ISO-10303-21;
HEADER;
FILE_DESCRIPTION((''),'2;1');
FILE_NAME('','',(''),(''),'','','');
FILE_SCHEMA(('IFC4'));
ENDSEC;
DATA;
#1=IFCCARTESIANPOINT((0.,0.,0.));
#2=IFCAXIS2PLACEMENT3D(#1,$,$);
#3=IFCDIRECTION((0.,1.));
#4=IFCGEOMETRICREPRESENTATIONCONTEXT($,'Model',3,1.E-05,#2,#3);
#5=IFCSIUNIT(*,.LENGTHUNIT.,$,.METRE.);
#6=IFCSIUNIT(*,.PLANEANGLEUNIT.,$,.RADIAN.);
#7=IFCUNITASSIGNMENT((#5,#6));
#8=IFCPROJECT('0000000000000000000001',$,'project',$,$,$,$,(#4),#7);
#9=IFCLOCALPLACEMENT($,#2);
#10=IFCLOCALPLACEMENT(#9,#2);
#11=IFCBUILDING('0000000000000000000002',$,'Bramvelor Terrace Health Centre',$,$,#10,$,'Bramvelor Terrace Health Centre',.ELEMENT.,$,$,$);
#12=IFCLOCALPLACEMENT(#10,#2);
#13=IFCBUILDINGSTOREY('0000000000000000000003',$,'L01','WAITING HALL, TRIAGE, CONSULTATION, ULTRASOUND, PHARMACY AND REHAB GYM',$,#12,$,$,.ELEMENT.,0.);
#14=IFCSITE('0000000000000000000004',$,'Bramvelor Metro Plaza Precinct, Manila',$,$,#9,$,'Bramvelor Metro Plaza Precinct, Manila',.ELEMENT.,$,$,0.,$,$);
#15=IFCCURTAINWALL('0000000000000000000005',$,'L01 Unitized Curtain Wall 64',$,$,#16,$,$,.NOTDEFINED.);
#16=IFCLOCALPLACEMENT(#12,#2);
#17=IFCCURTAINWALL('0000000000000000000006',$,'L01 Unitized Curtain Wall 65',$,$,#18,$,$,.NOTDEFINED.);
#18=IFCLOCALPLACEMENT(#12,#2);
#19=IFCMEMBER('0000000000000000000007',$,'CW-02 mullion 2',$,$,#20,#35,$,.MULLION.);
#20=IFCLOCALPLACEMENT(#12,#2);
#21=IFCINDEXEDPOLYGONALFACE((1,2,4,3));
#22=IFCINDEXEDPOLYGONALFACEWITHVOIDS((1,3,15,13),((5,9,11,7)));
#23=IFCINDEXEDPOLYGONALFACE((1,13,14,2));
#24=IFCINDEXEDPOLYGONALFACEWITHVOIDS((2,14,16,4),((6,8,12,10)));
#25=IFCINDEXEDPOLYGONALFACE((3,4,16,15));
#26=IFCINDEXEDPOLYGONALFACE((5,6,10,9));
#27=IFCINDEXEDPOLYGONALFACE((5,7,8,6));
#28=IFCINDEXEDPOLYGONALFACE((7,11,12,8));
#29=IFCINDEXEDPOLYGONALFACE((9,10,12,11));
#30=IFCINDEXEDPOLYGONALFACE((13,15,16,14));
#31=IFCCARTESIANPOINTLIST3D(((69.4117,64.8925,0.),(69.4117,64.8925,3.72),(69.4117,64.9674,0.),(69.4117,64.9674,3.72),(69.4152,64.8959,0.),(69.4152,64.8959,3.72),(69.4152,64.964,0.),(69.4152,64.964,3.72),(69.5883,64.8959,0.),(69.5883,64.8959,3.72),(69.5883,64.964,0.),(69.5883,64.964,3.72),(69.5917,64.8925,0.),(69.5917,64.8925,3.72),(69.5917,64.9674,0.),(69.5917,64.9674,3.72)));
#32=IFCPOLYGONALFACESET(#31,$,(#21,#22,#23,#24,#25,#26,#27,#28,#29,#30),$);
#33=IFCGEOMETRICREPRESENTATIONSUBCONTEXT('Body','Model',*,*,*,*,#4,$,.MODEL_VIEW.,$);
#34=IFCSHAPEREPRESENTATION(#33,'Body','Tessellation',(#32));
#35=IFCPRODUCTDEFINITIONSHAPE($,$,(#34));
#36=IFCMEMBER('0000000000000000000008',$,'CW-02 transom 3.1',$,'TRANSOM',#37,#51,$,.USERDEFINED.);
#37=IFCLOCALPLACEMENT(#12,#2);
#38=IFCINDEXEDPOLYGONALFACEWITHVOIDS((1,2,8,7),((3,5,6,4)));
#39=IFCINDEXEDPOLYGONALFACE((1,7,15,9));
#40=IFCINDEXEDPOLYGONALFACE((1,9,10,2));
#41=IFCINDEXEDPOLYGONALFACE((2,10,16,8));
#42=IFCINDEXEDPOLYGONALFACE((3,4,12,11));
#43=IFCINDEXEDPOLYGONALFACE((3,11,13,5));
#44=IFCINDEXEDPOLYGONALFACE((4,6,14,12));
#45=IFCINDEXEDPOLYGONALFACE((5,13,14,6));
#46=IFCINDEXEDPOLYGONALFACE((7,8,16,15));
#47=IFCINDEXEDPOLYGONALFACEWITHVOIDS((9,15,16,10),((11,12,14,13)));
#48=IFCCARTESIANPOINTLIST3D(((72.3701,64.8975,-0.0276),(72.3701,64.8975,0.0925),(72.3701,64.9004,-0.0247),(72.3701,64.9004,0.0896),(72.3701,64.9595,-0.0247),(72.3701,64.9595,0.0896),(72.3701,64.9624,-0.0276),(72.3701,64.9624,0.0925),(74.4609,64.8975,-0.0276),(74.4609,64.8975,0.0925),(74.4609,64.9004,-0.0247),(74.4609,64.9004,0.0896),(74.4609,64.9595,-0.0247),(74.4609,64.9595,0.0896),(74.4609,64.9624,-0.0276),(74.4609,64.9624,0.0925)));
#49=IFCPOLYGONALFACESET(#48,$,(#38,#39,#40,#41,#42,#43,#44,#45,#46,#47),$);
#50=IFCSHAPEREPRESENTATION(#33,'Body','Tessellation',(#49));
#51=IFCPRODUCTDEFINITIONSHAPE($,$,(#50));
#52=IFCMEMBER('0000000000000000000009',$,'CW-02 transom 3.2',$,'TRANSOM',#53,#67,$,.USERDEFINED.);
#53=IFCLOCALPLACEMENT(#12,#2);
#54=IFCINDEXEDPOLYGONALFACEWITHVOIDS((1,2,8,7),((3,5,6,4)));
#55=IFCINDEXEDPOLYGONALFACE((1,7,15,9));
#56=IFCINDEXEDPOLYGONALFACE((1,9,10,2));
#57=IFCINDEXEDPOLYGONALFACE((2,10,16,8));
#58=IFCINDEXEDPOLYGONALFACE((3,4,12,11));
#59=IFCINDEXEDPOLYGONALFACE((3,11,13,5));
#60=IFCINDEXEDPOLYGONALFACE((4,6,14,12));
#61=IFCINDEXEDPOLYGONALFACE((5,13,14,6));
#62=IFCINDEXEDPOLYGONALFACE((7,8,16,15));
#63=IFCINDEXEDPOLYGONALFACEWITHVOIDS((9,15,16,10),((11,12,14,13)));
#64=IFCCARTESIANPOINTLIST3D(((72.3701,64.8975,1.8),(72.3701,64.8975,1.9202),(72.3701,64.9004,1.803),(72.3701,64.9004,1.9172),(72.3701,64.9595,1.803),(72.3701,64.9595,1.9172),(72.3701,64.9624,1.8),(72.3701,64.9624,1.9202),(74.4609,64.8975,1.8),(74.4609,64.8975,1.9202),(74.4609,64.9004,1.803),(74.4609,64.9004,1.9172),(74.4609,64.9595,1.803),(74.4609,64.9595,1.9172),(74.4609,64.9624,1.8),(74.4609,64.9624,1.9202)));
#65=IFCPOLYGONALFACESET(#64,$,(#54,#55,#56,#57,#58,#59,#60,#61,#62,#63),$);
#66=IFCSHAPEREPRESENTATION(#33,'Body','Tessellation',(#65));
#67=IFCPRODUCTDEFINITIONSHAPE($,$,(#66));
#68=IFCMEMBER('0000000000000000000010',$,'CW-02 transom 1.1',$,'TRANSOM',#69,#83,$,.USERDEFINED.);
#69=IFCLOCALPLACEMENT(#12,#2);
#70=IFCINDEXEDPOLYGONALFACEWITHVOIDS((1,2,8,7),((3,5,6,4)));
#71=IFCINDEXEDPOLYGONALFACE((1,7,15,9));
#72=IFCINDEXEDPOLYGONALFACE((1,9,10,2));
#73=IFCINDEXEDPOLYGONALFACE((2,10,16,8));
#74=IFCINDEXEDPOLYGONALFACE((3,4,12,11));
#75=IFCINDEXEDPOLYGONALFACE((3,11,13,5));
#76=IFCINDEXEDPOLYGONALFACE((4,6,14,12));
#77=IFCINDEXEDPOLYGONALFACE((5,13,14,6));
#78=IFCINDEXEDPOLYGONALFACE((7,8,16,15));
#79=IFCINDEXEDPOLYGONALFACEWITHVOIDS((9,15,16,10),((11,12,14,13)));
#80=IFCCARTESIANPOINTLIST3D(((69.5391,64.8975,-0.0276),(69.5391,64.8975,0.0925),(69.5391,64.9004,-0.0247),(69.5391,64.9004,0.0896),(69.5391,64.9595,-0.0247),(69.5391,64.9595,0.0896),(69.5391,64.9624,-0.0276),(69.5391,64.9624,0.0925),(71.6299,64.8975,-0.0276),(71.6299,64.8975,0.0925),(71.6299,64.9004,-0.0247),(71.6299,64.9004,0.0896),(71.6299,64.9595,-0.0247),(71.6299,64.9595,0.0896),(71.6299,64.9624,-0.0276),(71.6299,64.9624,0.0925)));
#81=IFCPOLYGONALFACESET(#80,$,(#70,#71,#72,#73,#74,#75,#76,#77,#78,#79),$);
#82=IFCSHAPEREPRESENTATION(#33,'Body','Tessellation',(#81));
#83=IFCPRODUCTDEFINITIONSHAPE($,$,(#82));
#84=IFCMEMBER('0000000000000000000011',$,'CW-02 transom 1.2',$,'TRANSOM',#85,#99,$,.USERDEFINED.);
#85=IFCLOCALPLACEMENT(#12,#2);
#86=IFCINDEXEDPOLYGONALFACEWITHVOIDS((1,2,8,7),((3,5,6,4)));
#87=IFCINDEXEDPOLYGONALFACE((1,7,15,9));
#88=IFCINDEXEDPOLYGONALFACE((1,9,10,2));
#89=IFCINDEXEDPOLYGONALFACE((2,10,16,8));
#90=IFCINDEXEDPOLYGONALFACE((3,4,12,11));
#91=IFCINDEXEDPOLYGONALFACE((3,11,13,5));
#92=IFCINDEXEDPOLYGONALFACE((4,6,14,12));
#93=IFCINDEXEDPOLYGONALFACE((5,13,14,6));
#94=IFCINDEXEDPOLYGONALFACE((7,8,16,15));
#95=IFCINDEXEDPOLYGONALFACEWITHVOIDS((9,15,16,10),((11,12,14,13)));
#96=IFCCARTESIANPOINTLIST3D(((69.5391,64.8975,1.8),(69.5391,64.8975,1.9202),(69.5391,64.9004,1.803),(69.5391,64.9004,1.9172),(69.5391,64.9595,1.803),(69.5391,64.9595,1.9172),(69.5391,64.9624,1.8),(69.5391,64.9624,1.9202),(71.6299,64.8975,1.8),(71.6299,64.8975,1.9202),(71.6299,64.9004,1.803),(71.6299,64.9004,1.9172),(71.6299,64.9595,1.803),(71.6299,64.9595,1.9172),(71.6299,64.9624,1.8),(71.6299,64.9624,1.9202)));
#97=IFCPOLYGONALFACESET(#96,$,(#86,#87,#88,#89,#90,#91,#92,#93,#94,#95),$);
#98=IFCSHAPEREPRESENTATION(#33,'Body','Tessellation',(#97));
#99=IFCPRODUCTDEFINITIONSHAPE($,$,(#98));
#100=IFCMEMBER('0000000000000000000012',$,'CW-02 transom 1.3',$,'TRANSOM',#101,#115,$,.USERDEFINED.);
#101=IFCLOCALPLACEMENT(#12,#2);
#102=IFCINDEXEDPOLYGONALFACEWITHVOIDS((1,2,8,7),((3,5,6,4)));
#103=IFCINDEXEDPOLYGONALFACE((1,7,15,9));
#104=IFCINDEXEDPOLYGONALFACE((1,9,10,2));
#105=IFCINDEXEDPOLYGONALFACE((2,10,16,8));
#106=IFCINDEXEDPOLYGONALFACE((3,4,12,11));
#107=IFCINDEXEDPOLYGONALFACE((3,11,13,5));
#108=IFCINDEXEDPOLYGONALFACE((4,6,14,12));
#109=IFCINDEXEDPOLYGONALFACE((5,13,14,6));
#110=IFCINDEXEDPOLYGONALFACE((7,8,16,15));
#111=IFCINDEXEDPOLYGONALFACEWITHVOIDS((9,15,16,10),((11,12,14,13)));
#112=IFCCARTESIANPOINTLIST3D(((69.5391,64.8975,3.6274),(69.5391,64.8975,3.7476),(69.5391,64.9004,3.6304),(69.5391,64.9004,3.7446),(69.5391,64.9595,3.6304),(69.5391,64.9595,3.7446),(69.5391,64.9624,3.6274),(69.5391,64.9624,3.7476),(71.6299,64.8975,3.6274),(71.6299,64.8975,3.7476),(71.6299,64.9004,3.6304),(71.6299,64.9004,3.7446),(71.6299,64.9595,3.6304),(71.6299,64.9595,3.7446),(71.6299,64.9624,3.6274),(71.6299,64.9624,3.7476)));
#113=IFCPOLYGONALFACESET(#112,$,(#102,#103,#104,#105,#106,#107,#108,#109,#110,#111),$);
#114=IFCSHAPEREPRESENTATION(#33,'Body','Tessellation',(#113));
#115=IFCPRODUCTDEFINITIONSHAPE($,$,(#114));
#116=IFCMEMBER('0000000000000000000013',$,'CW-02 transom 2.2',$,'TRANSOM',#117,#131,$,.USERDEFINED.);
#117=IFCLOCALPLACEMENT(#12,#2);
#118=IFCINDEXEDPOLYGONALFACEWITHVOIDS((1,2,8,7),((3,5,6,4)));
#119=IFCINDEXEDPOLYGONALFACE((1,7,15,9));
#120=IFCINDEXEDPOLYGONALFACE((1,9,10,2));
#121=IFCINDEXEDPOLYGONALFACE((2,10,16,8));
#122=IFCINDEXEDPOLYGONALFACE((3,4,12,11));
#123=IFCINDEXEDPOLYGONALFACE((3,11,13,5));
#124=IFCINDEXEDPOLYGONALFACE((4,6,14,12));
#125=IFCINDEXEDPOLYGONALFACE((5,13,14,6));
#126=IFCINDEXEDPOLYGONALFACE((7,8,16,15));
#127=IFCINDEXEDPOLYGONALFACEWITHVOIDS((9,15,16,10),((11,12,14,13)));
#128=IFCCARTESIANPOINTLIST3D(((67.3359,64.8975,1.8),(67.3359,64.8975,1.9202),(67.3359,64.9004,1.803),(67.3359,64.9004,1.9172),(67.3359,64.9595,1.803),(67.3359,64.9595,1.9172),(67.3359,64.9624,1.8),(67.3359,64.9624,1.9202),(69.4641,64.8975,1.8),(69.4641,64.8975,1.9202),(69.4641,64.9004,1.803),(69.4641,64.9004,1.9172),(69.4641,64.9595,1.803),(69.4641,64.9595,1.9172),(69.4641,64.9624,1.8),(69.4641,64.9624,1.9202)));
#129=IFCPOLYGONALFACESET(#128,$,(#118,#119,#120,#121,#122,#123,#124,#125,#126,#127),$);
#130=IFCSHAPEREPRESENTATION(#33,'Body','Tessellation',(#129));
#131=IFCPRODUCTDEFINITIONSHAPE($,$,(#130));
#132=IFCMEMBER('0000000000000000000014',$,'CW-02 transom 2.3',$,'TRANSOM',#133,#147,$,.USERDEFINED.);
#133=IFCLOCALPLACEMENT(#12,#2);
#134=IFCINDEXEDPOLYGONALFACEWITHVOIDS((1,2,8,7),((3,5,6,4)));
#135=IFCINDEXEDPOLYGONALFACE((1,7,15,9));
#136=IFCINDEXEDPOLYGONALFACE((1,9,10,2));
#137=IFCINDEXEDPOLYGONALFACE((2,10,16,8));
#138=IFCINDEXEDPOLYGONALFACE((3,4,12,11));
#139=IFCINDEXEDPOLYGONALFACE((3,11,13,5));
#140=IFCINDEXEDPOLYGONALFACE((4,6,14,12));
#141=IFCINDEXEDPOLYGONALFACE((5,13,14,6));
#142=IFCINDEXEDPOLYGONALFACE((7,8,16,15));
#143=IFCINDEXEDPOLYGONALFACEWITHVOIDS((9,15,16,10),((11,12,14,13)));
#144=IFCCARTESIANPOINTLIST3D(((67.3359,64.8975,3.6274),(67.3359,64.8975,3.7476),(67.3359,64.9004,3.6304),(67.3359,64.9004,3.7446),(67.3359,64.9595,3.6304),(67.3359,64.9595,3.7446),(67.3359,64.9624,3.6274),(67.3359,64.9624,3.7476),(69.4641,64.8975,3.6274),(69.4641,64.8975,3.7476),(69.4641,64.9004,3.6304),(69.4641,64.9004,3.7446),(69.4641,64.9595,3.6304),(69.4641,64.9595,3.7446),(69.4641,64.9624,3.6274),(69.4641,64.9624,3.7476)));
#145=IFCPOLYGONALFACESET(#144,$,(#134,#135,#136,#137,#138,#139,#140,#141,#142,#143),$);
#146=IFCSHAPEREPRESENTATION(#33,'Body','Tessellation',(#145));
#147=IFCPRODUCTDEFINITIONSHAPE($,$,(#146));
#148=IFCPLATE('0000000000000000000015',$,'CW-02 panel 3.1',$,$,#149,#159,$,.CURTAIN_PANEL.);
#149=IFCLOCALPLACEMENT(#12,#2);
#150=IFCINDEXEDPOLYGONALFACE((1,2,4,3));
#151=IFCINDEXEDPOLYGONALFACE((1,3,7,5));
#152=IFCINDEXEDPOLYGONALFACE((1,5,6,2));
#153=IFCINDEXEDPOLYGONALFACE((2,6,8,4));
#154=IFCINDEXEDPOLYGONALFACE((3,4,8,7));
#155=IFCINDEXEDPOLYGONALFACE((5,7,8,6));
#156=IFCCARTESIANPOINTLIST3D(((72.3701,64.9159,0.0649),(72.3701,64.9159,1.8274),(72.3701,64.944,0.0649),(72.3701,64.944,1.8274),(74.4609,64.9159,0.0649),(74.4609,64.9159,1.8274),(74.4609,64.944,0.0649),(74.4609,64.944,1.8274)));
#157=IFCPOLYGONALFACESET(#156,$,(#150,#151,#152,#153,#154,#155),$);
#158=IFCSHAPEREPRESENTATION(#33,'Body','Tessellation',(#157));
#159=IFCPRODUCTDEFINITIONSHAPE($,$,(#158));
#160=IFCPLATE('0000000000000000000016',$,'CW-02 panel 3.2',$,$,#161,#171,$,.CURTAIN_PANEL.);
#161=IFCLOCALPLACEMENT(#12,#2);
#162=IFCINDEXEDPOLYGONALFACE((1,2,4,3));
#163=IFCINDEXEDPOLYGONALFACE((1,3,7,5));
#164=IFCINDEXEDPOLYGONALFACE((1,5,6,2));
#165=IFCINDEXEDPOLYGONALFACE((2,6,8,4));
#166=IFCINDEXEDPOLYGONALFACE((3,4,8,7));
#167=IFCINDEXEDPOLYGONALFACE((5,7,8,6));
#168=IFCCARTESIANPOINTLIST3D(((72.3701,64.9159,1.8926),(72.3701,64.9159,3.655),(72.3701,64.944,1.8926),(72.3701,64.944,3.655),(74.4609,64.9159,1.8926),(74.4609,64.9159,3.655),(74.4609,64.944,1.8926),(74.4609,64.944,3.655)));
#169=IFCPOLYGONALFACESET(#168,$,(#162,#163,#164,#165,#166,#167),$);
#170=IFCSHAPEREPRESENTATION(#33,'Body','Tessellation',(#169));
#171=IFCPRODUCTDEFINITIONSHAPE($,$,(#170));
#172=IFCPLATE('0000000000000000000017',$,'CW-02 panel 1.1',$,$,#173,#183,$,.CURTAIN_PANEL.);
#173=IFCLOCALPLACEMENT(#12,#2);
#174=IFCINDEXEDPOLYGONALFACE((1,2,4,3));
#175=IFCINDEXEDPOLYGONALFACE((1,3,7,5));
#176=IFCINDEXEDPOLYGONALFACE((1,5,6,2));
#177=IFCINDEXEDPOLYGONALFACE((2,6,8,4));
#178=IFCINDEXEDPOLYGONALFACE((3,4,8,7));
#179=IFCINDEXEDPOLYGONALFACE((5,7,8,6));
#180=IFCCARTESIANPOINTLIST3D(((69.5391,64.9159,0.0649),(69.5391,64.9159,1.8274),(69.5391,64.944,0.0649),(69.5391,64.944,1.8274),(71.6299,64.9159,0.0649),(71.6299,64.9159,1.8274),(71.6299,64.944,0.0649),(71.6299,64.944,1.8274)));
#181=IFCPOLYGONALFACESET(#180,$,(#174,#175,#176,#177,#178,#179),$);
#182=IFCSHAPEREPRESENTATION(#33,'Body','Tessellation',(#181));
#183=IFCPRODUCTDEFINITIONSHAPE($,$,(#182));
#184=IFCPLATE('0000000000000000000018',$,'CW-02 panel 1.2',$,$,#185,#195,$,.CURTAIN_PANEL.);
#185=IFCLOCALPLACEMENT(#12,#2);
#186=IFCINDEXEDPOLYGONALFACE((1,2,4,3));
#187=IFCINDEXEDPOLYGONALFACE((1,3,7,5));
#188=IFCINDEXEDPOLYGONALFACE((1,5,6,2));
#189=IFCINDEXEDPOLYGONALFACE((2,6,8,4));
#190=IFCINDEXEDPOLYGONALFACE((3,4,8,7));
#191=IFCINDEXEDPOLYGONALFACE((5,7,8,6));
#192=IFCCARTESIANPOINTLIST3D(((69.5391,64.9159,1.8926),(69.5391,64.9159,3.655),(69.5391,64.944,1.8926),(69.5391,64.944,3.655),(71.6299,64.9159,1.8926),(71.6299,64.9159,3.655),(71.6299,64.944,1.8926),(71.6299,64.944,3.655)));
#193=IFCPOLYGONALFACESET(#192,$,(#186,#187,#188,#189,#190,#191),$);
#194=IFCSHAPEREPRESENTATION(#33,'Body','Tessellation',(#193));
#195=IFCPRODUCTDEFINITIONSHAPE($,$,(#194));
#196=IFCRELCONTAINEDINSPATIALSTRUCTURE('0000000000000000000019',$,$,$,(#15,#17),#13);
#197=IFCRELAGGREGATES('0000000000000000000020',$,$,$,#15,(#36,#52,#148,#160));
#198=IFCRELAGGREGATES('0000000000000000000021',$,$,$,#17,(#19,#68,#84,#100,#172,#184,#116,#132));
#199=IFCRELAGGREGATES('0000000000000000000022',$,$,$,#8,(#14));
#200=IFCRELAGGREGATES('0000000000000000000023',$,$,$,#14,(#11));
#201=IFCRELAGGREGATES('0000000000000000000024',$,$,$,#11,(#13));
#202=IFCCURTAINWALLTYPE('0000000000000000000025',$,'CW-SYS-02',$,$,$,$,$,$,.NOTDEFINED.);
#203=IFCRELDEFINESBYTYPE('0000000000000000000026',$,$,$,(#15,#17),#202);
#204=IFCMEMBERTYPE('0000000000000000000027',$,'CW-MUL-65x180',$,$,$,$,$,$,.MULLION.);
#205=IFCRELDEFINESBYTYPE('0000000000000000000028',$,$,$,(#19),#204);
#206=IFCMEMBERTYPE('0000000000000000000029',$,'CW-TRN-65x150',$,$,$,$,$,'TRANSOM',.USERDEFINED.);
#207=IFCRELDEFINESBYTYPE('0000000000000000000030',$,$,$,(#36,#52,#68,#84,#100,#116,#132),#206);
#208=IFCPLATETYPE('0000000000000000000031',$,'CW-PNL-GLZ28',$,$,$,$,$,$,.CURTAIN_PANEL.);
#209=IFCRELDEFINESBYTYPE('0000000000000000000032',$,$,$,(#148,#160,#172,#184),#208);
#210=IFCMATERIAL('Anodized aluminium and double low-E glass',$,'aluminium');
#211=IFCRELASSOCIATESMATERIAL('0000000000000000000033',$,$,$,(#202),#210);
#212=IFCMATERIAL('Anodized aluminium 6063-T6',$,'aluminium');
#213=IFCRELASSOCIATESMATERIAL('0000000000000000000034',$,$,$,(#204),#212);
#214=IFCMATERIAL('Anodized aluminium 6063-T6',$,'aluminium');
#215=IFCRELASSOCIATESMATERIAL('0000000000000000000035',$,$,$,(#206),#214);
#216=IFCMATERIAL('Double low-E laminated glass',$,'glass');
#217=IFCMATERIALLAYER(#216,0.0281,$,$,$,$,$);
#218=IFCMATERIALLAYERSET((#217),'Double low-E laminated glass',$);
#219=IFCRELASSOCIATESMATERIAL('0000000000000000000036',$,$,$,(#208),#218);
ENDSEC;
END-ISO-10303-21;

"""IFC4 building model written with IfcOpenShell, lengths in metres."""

from ifc_helpers import new_model, si_unit, direction, frame, origin, origin_2d, place, context, subcontext, project, spatial, rectangle, hollow_rectangle, extrude, material, layer, layer_set, material_profile, profile_set, type_object, element, aggregate, save


model = new_model("IFC4")

# Units and contexts
model_context = context("Model", 3, precision=1e-05, world=origin(), true_north=direction((0.0, 1.0)))
body_context = subcontext(model_context, "Body", "Model", "MODEL_VIEW")
ifc_project = project(units=[si_unit("LENGTHUNIT", "METRE"), si_unit("PLANEANGLEUNIT", "RADIAN")], contexts=[model_context])

# Site, building, storey
site_placement = place(None, origin())
site = spatial("IfcSite", under=ifc_project, at=site_placement, Name="Bramvelor Metro Plaza Precinct, Manila", LongName="Bramvelor Metro Plaza Precinct, Manila", CompositionType="ELEMENT", RefElevation=0.0)
building_placement = place(site_placement, origin())
building = spatial("IfcBuilding", under=site, at=building_placement, Name="Bramvelor Terrace Health Centre", LongName="Bramvelor Terrace Health Centre", CompositionType="ELEMENT")
storey_placement = place(building_placement, origin())
storey = spatial("IfcBuildingStorey", under=building, at=storey_placement, Name="L01", Description="WAITING HALL, TRIAGE, CONSULTATION, ULTRASOUND, PHARMACY AND REHAB GYM", CompositionType="ELEMENT", Elevation=0.0)

# Curtain wall
ifc_material_1 = material(Name="Anodized aluminium and double low-E glass", Category="aluminium")
curtain_wall_type = type_object("IfcCurtainWallType", Name="CW-SYS-02", PredefinedType="NOTDEFINED", material=ifc_material_1)
curtain_wall_1_placement = place(storey_placement, origin())
curtain_wall_1 = element("IfcCurtainWall", 1, at=curtain_wall_1_placement, inside=storey, type_object=curtain_wall_type, Name="L01 Unitized Curtain Wall 64", PredefinedType="NOTDEFINED")
ifc_material_2 = material(Name="Anodized aluminium 6063-T6", Category="aluminium")
ifc_material_profile_1 = material_profile(ifc_material_2, hollow_rectangle(XDim=0.075, YDim=0.1799, WallThickness=0.0034, at=origin_2d()), Name="ALU-MUL 75x180x3.5")
ifc_profile_set_1 = profile_set([ifc_material_profile_1], Name="Anodized aluminium 6063-T6")
member_type_1 = type_object("IfcMemberType", Name="CW-MUL-65x180", PredefinedType="MULLION", material=ifc_profile_set_1)

# Curtain wall, member
curtain_wall_2_placement = place(storey_placement, origin())
curtain_wall_2 = element("IfcCurtainWall", 2, at=curtain_wall_2_placement, inside=storey, type_object=curtain_wall_type, Name="L01 Unitized Curtain Wall 65", PredefinedType="NOTDEFINED")
member_1_placement = place(storey_placement, frame((69.5017, 64.9299, 0.0), z_axis=(0.0, 0.0, 1.0), x_axis=(0.0, -1.0, 0.0)))
member_1 = element("IfcMember", 3, at=member_1_placement, type_object=member_type_1, Name="CW-02 mullion 2", PredefinedType="MULLION", context=body_context, shape_type="SweptSolid", body=[
    extrude(hollow_rectangle(XDim=0.075, YDim=0.1799, WallThickness=0.0034, at=origin_2d()), origin(), (0.0, 0.0, 1.0), 3.72),
])

# Members
ifc_material_3 = material(Name="Anodized aluminium 6063-T6", Category="aluminium")
ifc_material_profile_2 = material_profile(ifc_material_3, hollow_rectangle(XDim=0.0649, YDim=0.1201, WallThickness=0.0029, at=origin_2d()), Name="ALU-TRN 65x120x3.0")
ifc_profile_set_2 = profile_set([ifc_material_profile_2], Name="Anodized aluminium 6063-T6")
member_type_2 = type_object("IfcMemberType", Name="CW-TRN-65x150", ElementType="TRANSOM", PredefinedType="USERDEFINED", material=ifc_profile_set_2)
member_2_placement = place(storey_placement, frame((74.4609, 64.9299, 0.0325), z_axis=(-1.0, 0.0, 0.0), x_axis=(0.0, -1.0, 0.0)))
member_2 = element("IfcMember", 4, at=member_2_placement, type_object=member_type_2, Name="CW-02 transom 3.1", ObjectType="TRANSOM", PredefinedType="USERDEFINED", context=body_context, shape_type="SweptSolid", body=[
    extrude(hollow_rectangle(XDim=0.0649, YDim=0.1201, WallThickness=0.0029, at=origin_2d()), origin(), (0.0, 0.0, 1.0), 2.0908),
])
member_3_placement = place(storey_placement, frame((74.4609, 64.9299, 1.8601), z_axis=(-1.0, 0.0, 0.0), x_axis=(0.0, -1.0, 0.0)))
member_3 = element("IfcMember", 5, at=member_3_placement, type_object=member_type_2, Name="CW-02 transom 3.2", ObjectType="TRANSOM", PredefinedType="USERDEFINED", context=body_context, shape_type="SweptSolid", body=[
    extrude(hollow_rectangle(XDim=0.0649, YDim=0.1201, WallThickness=0.0029, at=origin_2d()), origin(), (0.0, 0.0, 1.0), 2.0908),
])
member_4_placement = place(storey_placement, frame((71.6299, 64.9299, 0.0325), z_axis=(-1.0, 0.0, 0.0), x_axis=(0.0, -1.0, 0.0)))
member_4 = element("IfcMember", 6, at=member_4_placement, type_object=member_type_2, Name="CW-02 transom 1.1", ObjectType="TRANSOM", PredefinedType="USERDEFINED", context=body_context, shape_type="SweptSolid", body=[
    extrude(hollow_rectangle(XDim=0.0649, YDim=0.1201, WallThickness=0.0029, at=origin_2d()), origin(), (0.0, 0.0, 1.0), 2.0908),
])
member_5_placement = place(storey_placement, frame((71.6299, 64.9299, 1.8601), z_axis=(-1.0, 0.0, 0.0), x_axis=(0.0, -1.0, 0.0)))
member_5 = element("IfcMember", 7, at=member_5_placement, type_object=member_type_2, Name="CW-02 transom 1.2", ObjectType="TRANSOM", PredefinedType="USERDEFINED", context=body_context, shape_type="SweptSolid", body=[
    extrude(hollow_rectangle(XDim=0.0649, YDim=0.1201, WallThickness=0.0029, at=origin_2d()), origin(), (0.0, 0.0, 1.0), 2.0908),
])
member_6_placement = place(storey_placement, frame((71.6299, 64.9299, 3.6875), z_axis=(-1.0, 0.0, 0.0), x_axis=(0.0, -1.0, 0.0)))
member_6 = element("IfcMember", 8, at=member_6_placement, type_object=member_type_2, Name="CW-02 transom 1.3", ObjectType="TRANSOM", PredefinedType="USERDEFINED", context=body_context, shape_type="SweptSolid", body=[
    extrude(hollow_rectangle(XDim=0.0649, YDim=0.1201, WallThickness=0.0029, at=origin_2d()), origin(), (0.0, 0.0, 1.0), 2.0908),
])
member_7_placement = place(storey_placement, frame((69.4641, 64.9299, 1.8601), z_axis=(-1.0, 0.0, 0.0), x_axis=(0.0, -1.0, 0.0)))
member_7 = element("IfcMember", 9, at=member_7_placement, type_object=member_type_2, Name="CW-02 transom 2.2", ObjectType="TRANSOM", PredefinedType="USERDEFINED", context=body_context, shape_type="SweptSolid", body=[
    extrude(hollow_rectangle(XDim=0.0649, YDim=0.1201, WallThickness=0.0029, at=origin_2d()), origin(), (0.0, 0.0, 1.0), 2.1282),
])
member_8_placement = place(storey_placement, frame((69.4641, 64.9299, 3.6875), z_axis=(-1.0, 0.0, 0.0), x_axis=(0.0, -1.0, 0.0)))
member_8 = element("IfcMember", 10, at=member_8_placement, type_object=member_type_2, Name="CW-02 transom 2.3", ObjectType="TRANSOM", PredefinedType="USERDEFINED", context=body_context, shape_type="SweptSolid", body=[
    extrude(hollow_rectangle(XDim=0.0649, YDim=0.1201, WallThickness=0.0029, at=origin_2d()), origin(), (0.0, 0.0, 1.0), 2.1282),
])

# Plates
ifc_material_4 = material(Name="Double low-E laminated glass", Category="glass")
ifc_layer_1 = layer(ifc_material_4, 0.0281)
ifc_layer_set_1 = layer_set([ifc_layer_1], Name="Double low-E laminated glass")
plate_type = type_object("IfcPlateType", Name="CW-PNL-GLZ28", PredefinedType="CURTAIN_PANEL", material=ifc_layer_set_1)
plate_1_placement = place(storey_placement, frame((73.4155, 64.9299, 0.0649), z_axis=(0.0, 0.0, 1.0), x_axis=(-1.0, 0.0, 0.0)))
plate_1 = element("IfcPlate", 11, at=plate_1_placement, type_object=plate_type, Name="CW-02 panel 3.1", PredefinedType="CURTAIN_PANEL", context=body_context, shape_type="SweptSolid", body=[
    extrude(rectangle(XDim=2.0908, YDim=0.0281, at=origin_2d()), origin(), (0.0, 0.0, 1.0), 1.7625),
])
plate_2_placement = place(storey_placement, frame((73.4155, 64.9299, 1.8926), z_axis=(0.0, 0.0, 1.0), x_axis=(-1.0, 0.0, 0.0)))
plate_2 = element("IfcPlate", 12, at=plate_2_placement, type_object=plate_type, Name="CW-02 panel 3.2", PredefinedType="CURTAIN_PANEL", context=body_context, shape_type="SweptSolid", body=[
    extrude(rectangle(XDim=2.0908, YDim=0.0281, at=origin_2d()), origin(), (0.0, 0.0, 1.0), 1.7625),
])
aggregate(curtain_wall_1, [member_2, member_3, plate_1, plate_2])
plate_3_placement = place(storey_placement, frame((70.5845, 64.9299, 0.0649), z_axis=(0.0, 0.0, 1.0), x_axis=(-1.0, 0.0, 0.0)))
plate_3 = element("IfcPlate", 13, at=plate_3_placement, type_object=plate_type, Name="CW-02 panel 1.1", PredefinedType="CURTAIN_PANEL", context=body_context, shape_type="SweptSolid", body=[
    extrude(rectangle(XDim=2.0908, YDim=0.0281, at=origin_2d()), origin(), (0.0, 0.0, 1.0), 1.7625),
])
plate_4_placement = place(storey_placement, frame((70.5845, 64.9299, 1.8926), z_axis=(0.0, 0.0, 1.0), x_axis=(-1.0, 0.0, 0.0)))
plate_4 = element("IfcPlate", 14, at=plate_4_placement, type_object=plate_type, Name="CW-02 panel 1.2", PredefinedType="CURTAIN_PANEL", context=body_context, shape_type="SweptSolid", body=[
    extrude(rectangle(XDim=2.0908, YDim=0.0281, at=origin_2d()), origin(), (0.0, 0.0, 1.0), 1.7625),
])
aggregate(curtain_wall_2, [member_1, member_4, member_5, member_6, plate_3, plate_4, member_7, member_8])

save(model, "model.ifc")
